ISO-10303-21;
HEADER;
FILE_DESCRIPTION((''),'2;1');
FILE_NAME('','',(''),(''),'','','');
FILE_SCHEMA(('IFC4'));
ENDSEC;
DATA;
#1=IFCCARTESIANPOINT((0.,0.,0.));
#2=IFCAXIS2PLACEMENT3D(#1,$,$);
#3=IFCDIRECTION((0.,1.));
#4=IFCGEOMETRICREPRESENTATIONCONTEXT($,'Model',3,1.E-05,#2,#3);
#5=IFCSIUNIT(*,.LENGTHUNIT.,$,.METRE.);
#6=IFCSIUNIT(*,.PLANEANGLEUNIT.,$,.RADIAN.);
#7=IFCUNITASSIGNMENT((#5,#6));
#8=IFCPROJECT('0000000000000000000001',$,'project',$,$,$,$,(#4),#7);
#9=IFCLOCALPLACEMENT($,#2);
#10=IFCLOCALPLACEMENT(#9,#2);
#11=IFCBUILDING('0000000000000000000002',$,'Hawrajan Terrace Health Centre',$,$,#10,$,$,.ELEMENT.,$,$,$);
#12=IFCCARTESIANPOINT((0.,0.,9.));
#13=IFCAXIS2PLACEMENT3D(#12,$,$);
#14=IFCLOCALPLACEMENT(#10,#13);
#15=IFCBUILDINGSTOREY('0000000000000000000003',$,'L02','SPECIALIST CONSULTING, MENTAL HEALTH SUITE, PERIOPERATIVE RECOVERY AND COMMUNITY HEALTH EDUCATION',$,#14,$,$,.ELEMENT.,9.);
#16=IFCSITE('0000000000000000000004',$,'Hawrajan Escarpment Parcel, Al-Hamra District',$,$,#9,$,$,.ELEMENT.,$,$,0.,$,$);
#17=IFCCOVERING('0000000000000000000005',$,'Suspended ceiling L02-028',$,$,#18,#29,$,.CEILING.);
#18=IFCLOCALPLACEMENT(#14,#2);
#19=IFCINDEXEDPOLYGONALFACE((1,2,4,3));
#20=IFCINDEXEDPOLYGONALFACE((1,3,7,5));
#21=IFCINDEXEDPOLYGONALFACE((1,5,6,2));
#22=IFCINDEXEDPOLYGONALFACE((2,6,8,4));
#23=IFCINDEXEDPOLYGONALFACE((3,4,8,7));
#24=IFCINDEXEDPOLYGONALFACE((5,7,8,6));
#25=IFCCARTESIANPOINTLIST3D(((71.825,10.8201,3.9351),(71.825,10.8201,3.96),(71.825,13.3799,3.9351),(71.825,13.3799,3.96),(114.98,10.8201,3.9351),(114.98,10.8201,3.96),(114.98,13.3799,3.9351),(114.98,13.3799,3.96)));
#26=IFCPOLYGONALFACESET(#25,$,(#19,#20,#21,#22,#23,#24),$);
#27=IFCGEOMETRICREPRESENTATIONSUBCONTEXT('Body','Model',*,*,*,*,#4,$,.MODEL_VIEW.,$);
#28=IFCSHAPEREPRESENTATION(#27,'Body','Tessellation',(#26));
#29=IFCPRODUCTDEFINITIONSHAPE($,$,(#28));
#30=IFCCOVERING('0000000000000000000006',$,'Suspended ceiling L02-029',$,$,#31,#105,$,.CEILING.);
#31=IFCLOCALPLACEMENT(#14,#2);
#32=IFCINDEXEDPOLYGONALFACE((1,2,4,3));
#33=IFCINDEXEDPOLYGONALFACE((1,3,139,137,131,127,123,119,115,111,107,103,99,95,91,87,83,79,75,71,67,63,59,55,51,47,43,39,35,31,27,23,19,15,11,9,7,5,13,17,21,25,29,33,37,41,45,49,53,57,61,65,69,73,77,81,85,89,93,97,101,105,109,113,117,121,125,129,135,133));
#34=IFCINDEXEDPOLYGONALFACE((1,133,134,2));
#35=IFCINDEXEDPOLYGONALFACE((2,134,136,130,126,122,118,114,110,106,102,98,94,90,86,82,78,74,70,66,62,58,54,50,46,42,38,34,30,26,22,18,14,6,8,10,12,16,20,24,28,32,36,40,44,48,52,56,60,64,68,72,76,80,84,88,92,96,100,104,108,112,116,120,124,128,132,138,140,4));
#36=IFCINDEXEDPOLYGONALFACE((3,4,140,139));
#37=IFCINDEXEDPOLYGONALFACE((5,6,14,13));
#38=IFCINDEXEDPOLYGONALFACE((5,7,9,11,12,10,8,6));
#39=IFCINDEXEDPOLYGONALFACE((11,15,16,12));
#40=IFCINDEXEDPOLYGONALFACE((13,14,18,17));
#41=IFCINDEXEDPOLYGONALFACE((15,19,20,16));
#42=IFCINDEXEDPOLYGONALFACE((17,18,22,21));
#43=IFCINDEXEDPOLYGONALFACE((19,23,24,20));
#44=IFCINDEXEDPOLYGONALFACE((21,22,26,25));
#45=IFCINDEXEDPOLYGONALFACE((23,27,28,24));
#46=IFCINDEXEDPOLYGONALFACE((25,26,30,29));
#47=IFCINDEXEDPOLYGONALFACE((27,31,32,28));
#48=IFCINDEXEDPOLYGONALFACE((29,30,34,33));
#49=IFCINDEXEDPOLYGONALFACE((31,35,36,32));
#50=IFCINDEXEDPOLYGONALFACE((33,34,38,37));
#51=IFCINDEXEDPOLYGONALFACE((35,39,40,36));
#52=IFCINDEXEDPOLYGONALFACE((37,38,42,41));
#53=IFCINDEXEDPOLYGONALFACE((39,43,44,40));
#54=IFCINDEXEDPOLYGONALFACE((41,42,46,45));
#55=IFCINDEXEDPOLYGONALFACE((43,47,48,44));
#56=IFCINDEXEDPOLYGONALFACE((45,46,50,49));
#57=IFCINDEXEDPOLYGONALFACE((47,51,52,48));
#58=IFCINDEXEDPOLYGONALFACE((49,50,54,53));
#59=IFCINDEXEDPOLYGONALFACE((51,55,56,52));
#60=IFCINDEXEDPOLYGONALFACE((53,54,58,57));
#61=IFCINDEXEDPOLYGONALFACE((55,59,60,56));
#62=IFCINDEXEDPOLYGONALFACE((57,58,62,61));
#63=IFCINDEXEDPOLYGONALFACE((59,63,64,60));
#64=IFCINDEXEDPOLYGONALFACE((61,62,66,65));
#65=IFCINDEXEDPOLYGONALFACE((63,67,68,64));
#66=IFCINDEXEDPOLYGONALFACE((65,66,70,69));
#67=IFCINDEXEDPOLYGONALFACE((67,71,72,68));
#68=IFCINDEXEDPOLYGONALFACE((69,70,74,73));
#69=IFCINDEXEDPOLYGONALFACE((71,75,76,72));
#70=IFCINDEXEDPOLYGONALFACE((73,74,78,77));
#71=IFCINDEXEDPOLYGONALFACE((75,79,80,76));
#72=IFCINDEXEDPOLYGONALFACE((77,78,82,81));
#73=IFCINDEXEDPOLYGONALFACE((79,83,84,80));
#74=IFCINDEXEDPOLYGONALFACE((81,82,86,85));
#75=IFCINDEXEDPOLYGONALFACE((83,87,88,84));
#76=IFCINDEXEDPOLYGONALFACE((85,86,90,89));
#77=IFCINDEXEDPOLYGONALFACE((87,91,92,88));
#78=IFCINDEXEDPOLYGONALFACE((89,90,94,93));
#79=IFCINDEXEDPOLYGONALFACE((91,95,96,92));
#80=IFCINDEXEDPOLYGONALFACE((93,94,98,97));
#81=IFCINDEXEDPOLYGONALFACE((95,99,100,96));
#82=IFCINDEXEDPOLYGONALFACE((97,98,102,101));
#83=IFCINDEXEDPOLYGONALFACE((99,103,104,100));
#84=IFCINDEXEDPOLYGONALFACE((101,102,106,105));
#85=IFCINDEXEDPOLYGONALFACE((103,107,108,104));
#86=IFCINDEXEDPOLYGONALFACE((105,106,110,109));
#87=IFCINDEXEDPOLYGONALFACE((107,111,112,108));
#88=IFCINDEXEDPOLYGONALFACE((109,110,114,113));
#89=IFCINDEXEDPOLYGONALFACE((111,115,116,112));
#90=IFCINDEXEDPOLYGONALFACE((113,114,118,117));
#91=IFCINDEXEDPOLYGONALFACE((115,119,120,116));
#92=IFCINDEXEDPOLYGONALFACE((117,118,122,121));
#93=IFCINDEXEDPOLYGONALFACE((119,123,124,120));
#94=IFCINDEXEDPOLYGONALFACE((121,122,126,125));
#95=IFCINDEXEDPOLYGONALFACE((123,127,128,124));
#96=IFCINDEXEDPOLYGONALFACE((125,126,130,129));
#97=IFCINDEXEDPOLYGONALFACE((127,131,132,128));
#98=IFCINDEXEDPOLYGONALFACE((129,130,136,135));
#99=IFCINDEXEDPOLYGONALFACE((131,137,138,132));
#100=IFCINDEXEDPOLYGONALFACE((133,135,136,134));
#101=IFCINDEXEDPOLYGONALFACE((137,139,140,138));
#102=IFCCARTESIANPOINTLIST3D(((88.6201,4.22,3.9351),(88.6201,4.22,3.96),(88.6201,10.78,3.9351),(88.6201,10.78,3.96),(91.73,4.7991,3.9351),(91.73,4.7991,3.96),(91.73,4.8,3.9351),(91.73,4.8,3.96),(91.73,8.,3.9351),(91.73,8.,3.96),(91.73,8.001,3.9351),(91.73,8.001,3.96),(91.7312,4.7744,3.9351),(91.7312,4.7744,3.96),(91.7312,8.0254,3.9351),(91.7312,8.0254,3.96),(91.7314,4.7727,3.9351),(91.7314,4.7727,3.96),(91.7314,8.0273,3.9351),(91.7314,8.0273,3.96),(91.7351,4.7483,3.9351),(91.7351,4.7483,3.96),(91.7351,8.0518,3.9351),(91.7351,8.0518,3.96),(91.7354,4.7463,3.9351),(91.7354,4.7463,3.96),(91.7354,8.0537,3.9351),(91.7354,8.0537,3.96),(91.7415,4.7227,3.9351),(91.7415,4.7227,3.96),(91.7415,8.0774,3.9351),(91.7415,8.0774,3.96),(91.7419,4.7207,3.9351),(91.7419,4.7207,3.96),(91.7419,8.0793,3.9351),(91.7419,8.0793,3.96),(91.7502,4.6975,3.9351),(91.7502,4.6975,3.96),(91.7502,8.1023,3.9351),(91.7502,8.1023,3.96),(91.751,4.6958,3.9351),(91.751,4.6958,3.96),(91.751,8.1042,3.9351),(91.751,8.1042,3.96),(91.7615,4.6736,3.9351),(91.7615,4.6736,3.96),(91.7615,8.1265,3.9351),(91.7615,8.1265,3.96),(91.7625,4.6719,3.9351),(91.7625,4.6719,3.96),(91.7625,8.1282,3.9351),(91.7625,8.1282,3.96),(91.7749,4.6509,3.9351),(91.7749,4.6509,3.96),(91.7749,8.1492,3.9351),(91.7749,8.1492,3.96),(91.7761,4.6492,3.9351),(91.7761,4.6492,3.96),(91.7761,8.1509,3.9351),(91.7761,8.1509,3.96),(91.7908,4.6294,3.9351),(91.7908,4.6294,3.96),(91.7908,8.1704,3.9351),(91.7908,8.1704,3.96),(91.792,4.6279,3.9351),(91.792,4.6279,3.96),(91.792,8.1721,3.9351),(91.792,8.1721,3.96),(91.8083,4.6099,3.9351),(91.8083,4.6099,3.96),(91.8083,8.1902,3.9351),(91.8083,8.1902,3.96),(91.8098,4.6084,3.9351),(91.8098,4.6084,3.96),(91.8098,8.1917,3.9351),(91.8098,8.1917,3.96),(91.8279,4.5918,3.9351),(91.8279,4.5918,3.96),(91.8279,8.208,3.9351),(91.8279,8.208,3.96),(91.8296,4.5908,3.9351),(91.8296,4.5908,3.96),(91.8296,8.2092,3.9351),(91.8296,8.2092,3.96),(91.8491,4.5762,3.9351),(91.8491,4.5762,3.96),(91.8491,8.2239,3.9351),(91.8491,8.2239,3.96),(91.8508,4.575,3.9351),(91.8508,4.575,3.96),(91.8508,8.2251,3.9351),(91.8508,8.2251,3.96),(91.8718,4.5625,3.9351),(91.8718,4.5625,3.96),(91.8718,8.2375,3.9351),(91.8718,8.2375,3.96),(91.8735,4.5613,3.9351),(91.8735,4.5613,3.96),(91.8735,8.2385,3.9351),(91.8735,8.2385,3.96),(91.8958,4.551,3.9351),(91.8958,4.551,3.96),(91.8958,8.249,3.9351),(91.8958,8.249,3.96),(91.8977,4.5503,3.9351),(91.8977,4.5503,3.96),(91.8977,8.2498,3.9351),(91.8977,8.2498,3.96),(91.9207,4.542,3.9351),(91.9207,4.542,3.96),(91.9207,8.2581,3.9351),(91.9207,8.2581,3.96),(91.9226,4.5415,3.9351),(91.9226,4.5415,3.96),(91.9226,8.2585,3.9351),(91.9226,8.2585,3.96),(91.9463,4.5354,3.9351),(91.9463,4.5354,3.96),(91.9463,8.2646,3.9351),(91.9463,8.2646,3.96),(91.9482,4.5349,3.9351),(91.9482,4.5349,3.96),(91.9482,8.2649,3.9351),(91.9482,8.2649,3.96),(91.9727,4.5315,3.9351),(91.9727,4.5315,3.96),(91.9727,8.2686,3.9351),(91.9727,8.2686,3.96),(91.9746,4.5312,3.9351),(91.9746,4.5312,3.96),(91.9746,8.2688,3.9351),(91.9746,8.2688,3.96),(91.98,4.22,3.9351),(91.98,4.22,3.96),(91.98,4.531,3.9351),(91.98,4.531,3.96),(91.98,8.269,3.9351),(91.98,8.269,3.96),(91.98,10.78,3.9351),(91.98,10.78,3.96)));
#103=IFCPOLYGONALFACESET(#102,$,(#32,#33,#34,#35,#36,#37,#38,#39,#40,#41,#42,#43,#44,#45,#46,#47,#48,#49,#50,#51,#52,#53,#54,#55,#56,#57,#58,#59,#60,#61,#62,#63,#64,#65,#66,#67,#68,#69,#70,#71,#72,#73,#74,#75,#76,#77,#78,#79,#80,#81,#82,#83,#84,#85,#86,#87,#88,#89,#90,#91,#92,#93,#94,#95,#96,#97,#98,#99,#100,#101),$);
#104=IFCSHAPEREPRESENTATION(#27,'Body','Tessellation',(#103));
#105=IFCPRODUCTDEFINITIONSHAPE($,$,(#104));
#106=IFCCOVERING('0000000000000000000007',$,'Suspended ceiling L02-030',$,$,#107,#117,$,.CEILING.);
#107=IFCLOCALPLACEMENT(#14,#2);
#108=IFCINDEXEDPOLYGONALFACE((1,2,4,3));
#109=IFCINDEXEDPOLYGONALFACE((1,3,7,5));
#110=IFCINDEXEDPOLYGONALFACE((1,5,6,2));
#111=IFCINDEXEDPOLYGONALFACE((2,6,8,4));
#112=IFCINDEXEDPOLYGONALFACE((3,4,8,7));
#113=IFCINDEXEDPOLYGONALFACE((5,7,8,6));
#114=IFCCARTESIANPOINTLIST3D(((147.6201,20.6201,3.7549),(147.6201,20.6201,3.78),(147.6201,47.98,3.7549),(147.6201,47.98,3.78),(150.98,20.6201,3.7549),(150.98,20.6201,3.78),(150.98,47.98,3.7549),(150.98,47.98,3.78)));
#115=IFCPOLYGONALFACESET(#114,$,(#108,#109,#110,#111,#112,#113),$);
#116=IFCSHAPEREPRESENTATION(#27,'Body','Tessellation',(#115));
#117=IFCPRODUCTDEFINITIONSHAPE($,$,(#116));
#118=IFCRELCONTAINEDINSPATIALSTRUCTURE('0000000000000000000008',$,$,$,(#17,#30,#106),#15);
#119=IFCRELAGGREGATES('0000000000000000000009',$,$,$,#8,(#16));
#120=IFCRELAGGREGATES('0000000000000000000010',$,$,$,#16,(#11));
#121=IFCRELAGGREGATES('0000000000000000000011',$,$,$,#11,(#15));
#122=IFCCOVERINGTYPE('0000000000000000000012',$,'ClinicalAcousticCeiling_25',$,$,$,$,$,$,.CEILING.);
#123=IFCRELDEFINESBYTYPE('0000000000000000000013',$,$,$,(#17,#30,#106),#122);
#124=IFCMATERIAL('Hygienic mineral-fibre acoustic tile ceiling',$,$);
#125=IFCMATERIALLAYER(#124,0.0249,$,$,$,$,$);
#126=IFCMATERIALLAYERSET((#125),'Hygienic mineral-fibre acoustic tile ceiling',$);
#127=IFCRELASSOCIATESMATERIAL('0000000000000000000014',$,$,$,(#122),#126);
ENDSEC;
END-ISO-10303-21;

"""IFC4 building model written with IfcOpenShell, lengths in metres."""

from ifc_helpers import new_model, si_unit, direction, frame, origin, place, context, subcontext, project, spatial, polyline, outline, extrude, material, layer, layer_set, type_object, element, save


model = new_model("IFC4")

# Units and contexts
model_context = context("Model", 3, precision=1e-05, world=origin(), true_north=direction((0.0, 1.0)))
body_context = subcontext(model_context, "Body", "Model", "MODEL_VIEW")
ifc_project = project(units=[si_unit("LENGTHUNIT", "METRE"), si_unit("PLANEANGLEUNIT", "RADIAN")], contexts=[model_context])

# Site, building, storey
site_placement = place(None, origin())
site = spatial("IfcSite", under=ifc_project, at=site_placement, Name="Hawrajan Escarpment Parcel, Al-Hamra District", CompositionType="ELEMENT", RefElevation=0.0)
building_placement = place(site_placement, origin())
building = spatial("IfcBuilding", under=site, at=building_placement, Name="Hawrajan Terrace Health Centre", CompositionType="ELEMENT")
storey_placement = place(building_placement, frame((0.0, 0.0, 9.0)))
storey = spatial("IfcBuildingStorey", under=building, at=storey_placement, Name="L02", Description="SPECIALIST CONSULTING, MENTAL HEALTH SUITE, PERIOPERATIVE RECOVERY AND COMMUNITY HEALTH EDUCATION", CompositionType="ELEMENT", Elevation=9.0)

# Coverings
ifc_material = material(Name="Hygienic mineral-fibre acoustic tile ceiling")
ifc_layer = layer(ifc_material, 0.0249)
ifc_layer_set = layer_set([ifc_layer], Name="Hygienic mineral-fibre acoustic tile ceiling")
covering_type = type_object("IfcCoveringType", Name="ClinicalAcousticCeiling_25", PredefinedType="CEILING", material=ifc_layer_set)
covering_1_placement = place(storey_placement, frame((0.0, 0.0, 3.9351)))
element("IfcCovering", 1, at=covering_1_placement, inside=storey, type_object=covering_type, Name="Suspended ceiling L02-028", PredefinedType="CEILING", context=body_context, shape_type="SweptSolid", body=[
    extrude(outline(polyline([(71.825, 13.3799), (114.98, 13.3799), (114.98, 10.8201), (71.825, 10.8201), (71.825, 13.3799)])), origin(), (0.0, 0.0, 1.0), 0.0249),
])
covering_2_placement = place(storey_placement, frame((0.0, 0.0, 3.9351)))
element("IfcCovering", 2, at=covering_2_placement, inside=storey, type_object=covering_type, Name="Suspended ceiling L02-029", PredefinedType="CEILING", context=body_context, shape_type="SweptSolid", body=[
    extrude(outline(polyline([(91.98, 4.22), (88.6201, 4.22), (88.6201, 10.78), (91.98, 10.78), (91.98, 8.269), (91.9746, 8.2688), (91.9727, 8.2686), (91.9482, 8.2649), (91.9463, 8.2646), (91.9226, 8.2585), (91.9207, 8.2581), (91.8977, 8.2498), (91.8958, 8.249), (91.8735, 8.2385), (91.8718, 8.2375), (91.8508, 8.2251), (91.8491, 8.2239), (91.8296, 8.2092), (91.8279, 8.208), (91.8098, 8.1917), (91.8083, 8.1902), (91.792, 8.1721), (91.7908, 8.1704), (91.7761, 8.1509), (91.7749, 8.1492), (91.7625, 8.1282), (91.7615, 8.1265), (91.751, 8.1042), (91.7502, 8.1023), (91.7419, 8.0793), (91.7415, 8.0774), (91.7354, 8.0537), (91.7351, 8.0518), (91.7314, 8.0273), (91.7312, 8.0254), (91.73, 8.001), (91.73, 8.0), (91.73, 4.8), (91.73, 4.7991), (91.7312, 4.7744), (91.7314, 4.7727), (91.7351, 4.7483), (91.7354, 4.7463), (91.7415, 4.7227), (91.7419, 4.7207), (91.7502, 4.6975), (91.751, 4.6958), (91.7615, 4.6736), (91.7625, 4.6719), (91.7749, 4.6509), (91.7761, 4.6492), (91.7908, 4.6294), (91.792, 4.6279), (91.8083, 4.6099), (91.8098, 4.6084), (91.8279, 4.5918), (91.8296, 4.5908), (91.8491, 4.5762), (91.8508, 4.575), (91.8718, 4.5625), (91.8735, 4.5613), (91.8958, 4.551), (91.8977, 4.5503), (91.9207, 4.542), (91.9226, 4.5415), (91.9463, 4.5354), (91.9482, 4.5349), (91.9727, 4.5315), (91.9746, 4.5312), (91.98, 4.531), (91.98, 4.22)])), origin(), (0.0, 0.0, 1.0), 0.0249),
])
covering_3_placement = place(storey_placement, frame((0.0, 0.0, 3.7549)))
element("IfcCovering", 3, at=covering_3_placement, inside=storey, type_object=covering_type, Name="Suspended ceiling L02-030", PredefinedType="CEILING", context=body_context, shape_type="SweptSolid", body=[
    extrude(outline(polyline([(147.6201, 47.98), (150.98, 47.98), (150.98, 20.6201), (147.6201, 20.6201), (147.6201, 47.98)])), origin(), (0.0, 0.0, 1.0), 0.0251),
])

save(model, "model.ifc")
